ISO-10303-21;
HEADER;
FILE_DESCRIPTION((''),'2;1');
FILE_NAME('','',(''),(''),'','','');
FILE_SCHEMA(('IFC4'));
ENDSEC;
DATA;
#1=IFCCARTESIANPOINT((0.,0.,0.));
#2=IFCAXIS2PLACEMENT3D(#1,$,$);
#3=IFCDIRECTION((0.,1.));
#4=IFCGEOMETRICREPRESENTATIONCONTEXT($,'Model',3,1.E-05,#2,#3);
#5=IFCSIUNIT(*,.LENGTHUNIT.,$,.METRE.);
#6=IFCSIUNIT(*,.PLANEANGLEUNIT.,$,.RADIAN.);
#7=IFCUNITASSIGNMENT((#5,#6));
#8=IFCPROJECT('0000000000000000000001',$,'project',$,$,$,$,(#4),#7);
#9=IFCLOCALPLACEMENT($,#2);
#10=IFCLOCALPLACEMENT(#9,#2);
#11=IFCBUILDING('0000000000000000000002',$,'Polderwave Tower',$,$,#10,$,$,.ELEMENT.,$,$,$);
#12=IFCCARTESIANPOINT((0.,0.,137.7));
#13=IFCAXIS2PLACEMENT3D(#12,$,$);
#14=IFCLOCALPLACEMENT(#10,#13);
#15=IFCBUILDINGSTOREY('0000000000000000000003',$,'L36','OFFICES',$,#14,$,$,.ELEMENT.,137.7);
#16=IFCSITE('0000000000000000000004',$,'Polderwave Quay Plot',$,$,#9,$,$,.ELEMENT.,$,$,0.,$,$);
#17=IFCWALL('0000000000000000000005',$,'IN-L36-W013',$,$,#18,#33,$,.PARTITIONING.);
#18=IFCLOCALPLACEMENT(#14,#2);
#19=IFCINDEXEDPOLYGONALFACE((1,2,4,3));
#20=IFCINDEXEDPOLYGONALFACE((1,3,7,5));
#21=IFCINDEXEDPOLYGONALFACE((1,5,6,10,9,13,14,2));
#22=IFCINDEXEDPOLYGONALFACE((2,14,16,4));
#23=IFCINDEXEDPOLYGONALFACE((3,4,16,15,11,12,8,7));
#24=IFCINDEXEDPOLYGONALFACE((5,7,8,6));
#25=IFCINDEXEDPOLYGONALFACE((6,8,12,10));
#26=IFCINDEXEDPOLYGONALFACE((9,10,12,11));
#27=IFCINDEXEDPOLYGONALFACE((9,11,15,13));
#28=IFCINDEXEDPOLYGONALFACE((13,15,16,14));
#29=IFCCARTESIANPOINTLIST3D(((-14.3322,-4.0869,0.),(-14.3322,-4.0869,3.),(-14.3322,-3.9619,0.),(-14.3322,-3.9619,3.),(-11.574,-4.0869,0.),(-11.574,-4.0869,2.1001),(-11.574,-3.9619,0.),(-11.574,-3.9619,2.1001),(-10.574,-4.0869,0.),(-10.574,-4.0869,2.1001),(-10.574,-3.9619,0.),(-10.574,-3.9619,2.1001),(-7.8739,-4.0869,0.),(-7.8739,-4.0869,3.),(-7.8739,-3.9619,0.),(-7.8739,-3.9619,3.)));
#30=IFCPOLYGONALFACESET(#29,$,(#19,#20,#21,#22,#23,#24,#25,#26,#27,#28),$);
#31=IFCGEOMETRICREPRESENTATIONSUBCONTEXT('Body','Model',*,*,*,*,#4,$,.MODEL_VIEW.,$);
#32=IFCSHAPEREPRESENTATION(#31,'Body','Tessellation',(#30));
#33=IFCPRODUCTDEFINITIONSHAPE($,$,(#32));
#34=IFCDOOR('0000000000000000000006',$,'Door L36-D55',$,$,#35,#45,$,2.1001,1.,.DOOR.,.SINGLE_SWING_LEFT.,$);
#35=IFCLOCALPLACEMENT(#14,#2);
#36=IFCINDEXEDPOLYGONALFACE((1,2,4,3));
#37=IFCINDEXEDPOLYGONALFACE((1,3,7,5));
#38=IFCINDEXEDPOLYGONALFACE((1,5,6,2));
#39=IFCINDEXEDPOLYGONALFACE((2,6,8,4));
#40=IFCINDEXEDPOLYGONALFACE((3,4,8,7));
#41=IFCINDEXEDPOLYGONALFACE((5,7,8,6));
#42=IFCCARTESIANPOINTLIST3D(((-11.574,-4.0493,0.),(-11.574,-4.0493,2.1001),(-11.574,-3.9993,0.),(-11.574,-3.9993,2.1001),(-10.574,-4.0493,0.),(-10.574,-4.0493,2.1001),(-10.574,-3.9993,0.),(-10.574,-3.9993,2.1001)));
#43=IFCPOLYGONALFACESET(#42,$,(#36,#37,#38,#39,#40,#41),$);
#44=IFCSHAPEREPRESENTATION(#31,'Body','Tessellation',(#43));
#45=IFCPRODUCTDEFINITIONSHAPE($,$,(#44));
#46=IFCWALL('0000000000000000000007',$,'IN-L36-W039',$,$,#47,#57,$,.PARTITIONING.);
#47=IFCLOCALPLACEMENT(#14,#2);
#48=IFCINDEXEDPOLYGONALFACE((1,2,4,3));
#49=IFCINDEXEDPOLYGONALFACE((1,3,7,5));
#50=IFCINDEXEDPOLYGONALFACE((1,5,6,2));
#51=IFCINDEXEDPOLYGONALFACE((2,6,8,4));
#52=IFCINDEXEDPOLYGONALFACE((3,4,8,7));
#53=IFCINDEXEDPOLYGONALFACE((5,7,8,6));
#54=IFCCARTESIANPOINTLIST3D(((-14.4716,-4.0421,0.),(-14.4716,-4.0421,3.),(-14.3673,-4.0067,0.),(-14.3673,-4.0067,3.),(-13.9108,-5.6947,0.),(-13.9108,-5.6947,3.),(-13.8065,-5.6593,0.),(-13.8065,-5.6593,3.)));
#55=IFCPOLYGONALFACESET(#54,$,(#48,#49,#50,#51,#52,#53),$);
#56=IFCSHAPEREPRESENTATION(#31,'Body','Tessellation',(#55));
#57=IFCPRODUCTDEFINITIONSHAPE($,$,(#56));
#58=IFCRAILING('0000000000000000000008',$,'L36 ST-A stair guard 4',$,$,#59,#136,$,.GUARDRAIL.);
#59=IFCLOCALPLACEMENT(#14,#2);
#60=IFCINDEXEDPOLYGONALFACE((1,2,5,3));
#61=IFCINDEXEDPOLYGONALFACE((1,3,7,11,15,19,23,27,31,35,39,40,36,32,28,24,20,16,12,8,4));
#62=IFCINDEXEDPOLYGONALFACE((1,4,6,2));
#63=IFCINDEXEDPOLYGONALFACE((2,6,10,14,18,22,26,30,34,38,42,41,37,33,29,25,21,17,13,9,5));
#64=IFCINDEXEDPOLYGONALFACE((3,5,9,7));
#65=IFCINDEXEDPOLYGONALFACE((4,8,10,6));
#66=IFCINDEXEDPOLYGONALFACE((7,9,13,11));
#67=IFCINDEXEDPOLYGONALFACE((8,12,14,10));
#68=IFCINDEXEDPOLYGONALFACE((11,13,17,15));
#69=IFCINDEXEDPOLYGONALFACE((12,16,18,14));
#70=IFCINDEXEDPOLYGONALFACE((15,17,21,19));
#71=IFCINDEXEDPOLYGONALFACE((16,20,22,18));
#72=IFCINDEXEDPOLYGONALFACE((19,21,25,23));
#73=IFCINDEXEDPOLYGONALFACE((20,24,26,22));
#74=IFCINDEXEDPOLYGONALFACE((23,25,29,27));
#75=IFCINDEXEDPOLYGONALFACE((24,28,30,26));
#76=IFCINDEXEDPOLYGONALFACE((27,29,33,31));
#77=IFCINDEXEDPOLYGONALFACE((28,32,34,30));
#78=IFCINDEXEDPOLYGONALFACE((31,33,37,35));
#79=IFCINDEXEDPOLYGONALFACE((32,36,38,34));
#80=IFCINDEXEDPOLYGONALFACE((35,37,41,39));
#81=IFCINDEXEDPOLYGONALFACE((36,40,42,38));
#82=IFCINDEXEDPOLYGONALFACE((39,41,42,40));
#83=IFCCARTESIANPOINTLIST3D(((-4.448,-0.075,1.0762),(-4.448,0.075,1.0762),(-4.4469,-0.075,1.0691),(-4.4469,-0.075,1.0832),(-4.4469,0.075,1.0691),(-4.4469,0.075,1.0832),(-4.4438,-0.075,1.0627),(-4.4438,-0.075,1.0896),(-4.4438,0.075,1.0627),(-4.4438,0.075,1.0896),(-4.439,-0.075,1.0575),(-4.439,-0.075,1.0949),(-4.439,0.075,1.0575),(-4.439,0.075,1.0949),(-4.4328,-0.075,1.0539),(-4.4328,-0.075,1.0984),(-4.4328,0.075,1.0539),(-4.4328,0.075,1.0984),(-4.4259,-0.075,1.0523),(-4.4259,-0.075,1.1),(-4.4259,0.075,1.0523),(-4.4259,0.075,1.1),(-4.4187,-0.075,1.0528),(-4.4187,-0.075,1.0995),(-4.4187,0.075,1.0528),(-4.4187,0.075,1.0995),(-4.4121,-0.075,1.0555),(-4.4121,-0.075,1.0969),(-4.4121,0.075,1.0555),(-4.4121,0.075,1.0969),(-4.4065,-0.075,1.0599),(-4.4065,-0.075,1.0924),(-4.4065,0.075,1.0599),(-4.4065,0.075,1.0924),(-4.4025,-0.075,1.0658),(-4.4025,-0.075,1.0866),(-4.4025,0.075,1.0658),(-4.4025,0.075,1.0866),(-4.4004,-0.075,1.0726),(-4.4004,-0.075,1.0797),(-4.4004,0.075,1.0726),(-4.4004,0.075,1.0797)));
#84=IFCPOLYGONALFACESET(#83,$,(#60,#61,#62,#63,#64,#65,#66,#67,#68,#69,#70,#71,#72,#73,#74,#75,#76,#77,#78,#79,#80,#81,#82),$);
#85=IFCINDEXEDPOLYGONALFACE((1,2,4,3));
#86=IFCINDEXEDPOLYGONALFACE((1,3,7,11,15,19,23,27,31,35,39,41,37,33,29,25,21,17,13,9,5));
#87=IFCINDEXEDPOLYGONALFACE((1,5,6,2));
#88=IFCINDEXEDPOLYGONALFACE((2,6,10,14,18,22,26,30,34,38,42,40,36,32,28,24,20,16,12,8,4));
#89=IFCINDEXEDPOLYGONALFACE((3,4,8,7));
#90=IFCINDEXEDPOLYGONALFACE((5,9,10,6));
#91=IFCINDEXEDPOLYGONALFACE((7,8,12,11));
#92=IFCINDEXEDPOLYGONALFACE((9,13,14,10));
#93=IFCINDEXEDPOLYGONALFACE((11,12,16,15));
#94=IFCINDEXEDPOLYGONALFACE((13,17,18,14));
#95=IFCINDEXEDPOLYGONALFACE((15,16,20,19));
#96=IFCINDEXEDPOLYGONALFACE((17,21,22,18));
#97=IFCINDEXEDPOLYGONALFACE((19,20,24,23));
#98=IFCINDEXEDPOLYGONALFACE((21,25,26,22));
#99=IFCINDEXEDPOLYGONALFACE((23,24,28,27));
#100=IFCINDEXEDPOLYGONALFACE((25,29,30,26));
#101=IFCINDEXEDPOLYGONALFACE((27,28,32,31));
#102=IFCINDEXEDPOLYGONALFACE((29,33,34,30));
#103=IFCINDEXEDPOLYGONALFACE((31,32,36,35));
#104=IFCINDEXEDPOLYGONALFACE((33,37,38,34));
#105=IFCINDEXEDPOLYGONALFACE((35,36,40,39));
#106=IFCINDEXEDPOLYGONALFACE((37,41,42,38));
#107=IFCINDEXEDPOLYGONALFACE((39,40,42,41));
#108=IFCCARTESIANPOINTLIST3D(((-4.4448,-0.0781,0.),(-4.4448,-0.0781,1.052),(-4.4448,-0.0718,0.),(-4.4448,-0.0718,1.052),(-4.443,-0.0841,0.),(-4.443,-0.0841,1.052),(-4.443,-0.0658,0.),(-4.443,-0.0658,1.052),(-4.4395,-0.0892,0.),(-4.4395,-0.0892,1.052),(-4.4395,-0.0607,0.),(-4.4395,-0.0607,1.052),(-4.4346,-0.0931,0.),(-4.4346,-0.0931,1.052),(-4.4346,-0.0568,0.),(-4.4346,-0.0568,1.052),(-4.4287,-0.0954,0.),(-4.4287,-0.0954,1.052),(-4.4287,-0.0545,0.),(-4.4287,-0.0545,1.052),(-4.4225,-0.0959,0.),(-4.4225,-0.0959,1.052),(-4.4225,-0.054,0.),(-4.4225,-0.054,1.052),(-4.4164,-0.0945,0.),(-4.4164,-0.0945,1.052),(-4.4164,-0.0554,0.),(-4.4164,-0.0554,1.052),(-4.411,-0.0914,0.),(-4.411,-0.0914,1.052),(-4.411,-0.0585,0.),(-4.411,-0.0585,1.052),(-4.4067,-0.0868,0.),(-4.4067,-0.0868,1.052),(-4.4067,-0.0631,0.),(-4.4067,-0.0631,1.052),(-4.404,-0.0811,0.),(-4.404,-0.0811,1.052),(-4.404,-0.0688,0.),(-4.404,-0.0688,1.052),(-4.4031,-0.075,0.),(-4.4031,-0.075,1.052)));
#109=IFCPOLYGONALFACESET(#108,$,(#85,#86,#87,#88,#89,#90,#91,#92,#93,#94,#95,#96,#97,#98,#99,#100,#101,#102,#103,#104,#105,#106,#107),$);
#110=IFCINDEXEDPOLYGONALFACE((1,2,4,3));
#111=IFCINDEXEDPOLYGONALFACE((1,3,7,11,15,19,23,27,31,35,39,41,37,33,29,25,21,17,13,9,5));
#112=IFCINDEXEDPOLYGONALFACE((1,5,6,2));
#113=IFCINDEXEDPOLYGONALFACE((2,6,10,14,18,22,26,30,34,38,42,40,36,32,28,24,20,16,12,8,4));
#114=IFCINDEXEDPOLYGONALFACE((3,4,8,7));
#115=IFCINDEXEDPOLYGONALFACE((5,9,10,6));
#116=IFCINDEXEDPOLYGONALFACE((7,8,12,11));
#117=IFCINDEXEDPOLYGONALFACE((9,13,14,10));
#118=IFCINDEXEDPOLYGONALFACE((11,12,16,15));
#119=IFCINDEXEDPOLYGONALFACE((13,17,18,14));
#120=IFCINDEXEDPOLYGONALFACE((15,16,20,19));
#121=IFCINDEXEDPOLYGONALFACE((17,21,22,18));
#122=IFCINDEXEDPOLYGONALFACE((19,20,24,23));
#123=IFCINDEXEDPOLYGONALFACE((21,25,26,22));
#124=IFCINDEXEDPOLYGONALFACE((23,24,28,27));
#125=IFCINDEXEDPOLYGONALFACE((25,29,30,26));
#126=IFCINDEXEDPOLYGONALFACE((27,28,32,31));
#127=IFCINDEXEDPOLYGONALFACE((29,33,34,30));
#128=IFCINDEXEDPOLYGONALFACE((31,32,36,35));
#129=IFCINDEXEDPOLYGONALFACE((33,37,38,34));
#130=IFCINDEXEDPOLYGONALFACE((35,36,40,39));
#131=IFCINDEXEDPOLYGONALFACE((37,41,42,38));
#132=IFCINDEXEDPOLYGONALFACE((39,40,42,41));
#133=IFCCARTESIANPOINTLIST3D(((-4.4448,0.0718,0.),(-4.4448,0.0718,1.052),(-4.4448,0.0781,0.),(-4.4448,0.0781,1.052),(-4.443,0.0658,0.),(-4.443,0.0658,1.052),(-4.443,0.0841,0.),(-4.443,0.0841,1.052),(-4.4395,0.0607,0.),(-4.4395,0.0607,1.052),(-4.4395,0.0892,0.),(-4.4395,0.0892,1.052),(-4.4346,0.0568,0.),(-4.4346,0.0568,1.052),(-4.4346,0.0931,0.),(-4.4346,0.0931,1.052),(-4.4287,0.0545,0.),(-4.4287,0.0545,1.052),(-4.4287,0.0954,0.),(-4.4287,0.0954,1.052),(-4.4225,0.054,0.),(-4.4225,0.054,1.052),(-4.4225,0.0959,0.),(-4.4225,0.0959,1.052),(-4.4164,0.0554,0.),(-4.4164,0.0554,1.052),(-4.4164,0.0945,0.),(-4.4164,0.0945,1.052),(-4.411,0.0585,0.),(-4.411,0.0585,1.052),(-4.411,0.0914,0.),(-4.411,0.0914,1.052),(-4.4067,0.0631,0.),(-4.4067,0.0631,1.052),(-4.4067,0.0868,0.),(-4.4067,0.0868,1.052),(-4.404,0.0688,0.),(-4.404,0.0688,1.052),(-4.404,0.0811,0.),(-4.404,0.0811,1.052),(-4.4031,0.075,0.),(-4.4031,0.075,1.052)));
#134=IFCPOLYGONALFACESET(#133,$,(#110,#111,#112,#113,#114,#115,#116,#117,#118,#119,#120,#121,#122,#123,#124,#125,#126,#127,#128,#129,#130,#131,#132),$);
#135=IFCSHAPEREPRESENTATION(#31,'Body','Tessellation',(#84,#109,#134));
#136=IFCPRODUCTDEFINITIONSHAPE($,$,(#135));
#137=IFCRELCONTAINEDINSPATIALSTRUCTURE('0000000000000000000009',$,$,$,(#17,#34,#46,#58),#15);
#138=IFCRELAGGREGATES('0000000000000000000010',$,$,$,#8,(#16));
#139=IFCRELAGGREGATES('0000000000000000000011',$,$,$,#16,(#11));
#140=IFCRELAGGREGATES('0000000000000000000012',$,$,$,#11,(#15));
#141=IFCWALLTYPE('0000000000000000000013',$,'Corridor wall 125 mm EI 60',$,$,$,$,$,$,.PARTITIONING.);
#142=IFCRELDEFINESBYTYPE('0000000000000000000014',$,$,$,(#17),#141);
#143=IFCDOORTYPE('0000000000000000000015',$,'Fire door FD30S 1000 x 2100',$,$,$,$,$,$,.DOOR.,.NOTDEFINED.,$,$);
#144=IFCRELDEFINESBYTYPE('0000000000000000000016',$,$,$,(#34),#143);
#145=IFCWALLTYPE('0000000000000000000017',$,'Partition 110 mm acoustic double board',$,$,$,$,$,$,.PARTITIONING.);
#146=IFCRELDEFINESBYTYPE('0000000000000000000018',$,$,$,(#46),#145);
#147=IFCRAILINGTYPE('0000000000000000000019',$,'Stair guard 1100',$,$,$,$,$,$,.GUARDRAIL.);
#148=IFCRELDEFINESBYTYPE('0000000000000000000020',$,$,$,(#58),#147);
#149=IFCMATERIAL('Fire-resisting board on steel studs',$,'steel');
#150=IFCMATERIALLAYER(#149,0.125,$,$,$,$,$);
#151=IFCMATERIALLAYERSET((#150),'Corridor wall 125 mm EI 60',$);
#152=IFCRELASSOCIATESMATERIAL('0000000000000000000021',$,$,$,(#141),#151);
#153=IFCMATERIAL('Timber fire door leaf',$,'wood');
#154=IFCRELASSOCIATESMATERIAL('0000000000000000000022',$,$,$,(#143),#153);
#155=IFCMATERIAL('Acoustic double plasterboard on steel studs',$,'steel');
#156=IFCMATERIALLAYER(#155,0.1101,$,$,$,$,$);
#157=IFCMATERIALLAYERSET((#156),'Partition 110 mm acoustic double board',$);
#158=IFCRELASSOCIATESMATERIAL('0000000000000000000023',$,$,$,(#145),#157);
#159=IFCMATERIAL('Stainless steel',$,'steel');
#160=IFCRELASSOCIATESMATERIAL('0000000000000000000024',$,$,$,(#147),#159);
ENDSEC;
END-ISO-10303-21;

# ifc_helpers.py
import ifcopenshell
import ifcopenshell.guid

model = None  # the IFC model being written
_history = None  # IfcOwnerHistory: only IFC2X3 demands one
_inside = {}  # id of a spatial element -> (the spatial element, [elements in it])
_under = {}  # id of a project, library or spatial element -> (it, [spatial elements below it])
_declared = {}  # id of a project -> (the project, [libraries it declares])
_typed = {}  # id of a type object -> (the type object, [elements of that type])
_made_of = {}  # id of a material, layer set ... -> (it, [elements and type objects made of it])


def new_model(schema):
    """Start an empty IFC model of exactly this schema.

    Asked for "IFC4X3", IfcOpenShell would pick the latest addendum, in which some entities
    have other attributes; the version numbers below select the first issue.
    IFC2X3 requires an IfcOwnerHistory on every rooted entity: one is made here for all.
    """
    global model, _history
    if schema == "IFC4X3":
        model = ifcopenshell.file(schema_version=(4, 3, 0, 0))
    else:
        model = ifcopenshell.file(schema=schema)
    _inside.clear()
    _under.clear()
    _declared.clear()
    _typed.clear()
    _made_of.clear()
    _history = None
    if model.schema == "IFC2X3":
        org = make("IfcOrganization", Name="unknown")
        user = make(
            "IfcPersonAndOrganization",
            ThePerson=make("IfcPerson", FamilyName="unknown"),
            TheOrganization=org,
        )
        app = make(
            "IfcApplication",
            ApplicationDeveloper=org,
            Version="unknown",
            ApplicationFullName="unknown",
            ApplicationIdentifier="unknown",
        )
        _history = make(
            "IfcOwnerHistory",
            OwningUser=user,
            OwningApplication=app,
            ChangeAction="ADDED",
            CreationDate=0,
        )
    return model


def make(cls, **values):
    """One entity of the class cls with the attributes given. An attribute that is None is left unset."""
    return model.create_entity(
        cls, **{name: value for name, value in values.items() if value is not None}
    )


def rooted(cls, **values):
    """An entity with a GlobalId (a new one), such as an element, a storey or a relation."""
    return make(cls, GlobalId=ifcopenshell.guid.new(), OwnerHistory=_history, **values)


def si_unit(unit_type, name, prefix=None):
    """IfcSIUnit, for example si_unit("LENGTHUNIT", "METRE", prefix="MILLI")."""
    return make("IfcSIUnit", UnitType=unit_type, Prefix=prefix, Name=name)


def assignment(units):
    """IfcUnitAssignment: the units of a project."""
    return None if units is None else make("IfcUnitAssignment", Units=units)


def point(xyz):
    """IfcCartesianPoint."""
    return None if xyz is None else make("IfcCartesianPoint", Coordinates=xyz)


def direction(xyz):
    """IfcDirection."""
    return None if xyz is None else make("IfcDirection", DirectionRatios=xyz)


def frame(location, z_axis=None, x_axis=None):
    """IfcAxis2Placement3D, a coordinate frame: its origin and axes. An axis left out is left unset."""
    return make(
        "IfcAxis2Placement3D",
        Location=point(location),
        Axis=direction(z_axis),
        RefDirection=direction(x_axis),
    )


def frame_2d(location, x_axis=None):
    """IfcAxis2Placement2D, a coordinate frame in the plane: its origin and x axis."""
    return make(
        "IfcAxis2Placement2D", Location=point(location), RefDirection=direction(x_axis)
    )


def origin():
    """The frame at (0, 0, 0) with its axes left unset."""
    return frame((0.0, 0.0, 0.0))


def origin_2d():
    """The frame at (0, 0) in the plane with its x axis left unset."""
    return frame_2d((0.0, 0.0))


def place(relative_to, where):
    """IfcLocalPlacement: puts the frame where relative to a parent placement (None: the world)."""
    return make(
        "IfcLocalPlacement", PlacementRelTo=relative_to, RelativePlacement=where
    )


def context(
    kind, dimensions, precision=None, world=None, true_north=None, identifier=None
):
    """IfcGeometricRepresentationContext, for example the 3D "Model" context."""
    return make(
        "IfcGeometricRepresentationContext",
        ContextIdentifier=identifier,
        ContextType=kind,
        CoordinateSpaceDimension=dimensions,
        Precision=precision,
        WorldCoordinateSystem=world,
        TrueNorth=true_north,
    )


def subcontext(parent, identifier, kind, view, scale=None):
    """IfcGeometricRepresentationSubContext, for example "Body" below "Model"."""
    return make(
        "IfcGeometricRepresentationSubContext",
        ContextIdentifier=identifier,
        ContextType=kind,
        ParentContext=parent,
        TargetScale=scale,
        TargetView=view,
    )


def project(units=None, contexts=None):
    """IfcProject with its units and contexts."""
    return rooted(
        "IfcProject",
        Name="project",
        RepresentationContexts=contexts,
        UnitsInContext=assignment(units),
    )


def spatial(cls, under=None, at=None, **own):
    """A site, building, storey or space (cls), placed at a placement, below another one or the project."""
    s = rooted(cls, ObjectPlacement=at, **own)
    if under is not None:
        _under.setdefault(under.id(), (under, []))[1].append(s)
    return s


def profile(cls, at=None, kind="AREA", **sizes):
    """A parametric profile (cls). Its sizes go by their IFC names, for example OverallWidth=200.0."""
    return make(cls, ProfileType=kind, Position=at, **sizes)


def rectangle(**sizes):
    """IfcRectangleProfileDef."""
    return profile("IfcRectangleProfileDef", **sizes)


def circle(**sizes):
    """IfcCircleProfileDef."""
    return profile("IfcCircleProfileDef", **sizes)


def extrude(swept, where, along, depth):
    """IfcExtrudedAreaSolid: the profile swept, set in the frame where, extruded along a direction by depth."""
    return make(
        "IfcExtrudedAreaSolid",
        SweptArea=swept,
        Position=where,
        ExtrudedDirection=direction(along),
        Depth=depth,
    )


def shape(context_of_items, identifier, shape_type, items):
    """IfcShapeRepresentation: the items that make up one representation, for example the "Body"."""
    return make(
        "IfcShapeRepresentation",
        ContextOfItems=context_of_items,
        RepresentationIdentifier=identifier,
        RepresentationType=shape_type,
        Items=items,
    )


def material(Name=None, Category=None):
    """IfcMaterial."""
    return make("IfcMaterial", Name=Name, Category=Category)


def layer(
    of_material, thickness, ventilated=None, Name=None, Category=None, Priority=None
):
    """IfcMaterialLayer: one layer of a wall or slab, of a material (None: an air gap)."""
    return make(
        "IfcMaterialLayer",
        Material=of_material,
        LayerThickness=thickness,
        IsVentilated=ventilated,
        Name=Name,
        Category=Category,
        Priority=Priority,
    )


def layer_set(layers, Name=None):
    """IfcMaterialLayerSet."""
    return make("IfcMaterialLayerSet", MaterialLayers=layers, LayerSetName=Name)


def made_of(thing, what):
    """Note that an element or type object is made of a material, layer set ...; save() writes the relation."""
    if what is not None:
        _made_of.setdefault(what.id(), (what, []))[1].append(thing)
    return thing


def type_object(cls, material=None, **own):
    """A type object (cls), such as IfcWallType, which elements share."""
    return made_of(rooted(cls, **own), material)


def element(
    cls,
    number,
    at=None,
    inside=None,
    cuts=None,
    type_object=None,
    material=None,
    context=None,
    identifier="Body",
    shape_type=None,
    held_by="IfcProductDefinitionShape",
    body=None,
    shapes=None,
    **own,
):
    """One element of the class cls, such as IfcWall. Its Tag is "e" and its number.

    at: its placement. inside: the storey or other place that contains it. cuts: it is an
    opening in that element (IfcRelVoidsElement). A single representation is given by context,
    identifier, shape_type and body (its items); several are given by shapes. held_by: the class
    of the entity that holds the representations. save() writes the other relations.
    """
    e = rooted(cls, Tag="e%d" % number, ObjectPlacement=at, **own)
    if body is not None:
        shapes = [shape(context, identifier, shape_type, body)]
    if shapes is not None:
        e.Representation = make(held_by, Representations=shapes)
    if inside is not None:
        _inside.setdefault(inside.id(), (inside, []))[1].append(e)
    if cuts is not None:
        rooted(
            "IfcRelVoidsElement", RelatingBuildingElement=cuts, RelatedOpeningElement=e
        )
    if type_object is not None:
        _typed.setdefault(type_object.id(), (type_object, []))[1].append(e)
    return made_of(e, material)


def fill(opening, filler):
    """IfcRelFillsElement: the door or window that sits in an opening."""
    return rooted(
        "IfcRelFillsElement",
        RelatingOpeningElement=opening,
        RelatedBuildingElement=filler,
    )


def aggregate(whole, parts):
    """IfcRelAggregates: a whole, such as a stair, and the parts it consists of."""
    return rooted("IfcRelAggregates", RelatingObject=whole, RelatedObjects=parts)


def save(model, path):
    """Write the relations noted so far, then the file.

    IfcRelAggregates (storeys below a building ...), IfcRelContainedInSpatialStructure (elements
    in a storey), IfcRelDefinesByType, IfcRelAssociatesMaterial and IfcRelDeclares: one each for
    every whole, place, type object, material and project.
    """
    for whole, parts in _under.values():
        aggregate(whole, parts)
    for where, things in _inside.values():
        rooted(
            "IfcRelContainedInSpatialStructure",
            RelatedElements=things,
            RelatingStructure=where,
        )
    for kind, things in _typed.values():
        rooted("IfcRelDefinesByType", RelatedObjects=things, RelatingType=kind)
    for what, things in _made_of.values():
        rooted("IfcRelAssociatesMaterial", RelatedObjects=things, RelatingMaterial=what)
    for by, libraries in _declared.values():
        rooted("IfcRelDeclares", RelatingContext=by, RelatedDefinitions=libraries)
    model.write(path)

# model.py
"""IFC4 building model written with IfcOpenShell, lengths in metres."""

from ifc_helpers import new_model, si_unit, direction, frame, frame_2d, origin, origin_2d, place, context, subcontext, project, spatial, rectangle, circle, extrude, material, layer, layer_set, type_object, element, fill, save


model = new_model("IFC4")

# Units and contexts
model_context = context("Model", 3, precision=1e-05, world=origin(), true_north=direction((0.0, 1.0)))
body_context = subcontext(model_context, "Body", "Model", "MODEL_VIEW")
ifc_project = project(units=[si_unit("LENGTHUNIT", "METRE"), si_unit("PLANEANGLEUNIT", "RADIAN")], contexts=[model_context])

# Site, building, storey
site_placement = place(None, origin())
site = spatial("IfcSite", under=ifc_project, at=site_placement, Name="Polderwave Quay Plot", CompositionType="ELEMENT", RefElevation=0.0)
building_placement = place(site_placement, origin())
building = spatial("IfcBuilding", under=site, at=building_placement, Name="Polderwave Tower", CompositionType="ELEMENT")
storey_placement = place(building_placement, frame((0.0, 0.0, 137.7)))
storey = spatial("IfcBuildingStorey", under=building, at=storey_placement, Name="L36", Description="OFFICES", CompositionType="ELEMENT", Elevation=137.7)

# Shared definitions
ifc_material_1 = material(Name="Stainless steel", Category="steel")

# Wall, opening, door
ifc_material_2 = material(Name="Fire-resisting board on steel studs", Category="steel")
ifc_layer_1 = layer(ifc_material_2, 0.125)
ifc_layer_set_1 = layer_set([ifc_layer_1], Name="Corridor wall 125 mm EI 60")
wall_type_1 = type_object("IfcWallType", Name="Corridor wall 125 mm EI 60", PredefinedType="PARTITIONING", material=ifc_layer_set_1)
wall_1_placement = place(storey_placement, frame((-7.874, -4.0244, 0.0), z_axis=(0.0, 0.0, 1.0), x_axis=(-1.0, 0.0, 0.0)))
wall_1 = element("IfcWall", 1, at=wall_1_placement, inside=storey, type_object=wall_type_1, Name="IN-L36-W013", PredefinedType="PARTITIONING", context=body_context, shape_type="SweptSolid", body=[
    extrude(rectangle(XDim=6.4583, YDim=0.125, at=frame_2d((3.229, 0.0))), origin(), (0.0, 0.0, 1.0), 3.0),
])
opening_1_placement = place(wall_1_placement, frame((2.7, 0.0, 0.0)))
opening_1 = element("IfcOpeningElement", 2, at=opening_1_placement, cuts=wall_1, PredefinedType="OPENING", context=body_context, shape_type="SweptSolid", body=[
    extrude(rectangle(XDim=1.0, YDim=2.1001, at=frame_2d((0.5, 1.05))), frame((0.0, 0.0725, 0.0), z_axis=(0.0, -1.0, 0.0), x_axis=(1.0, 0.0, 0.0)), (0.0, 0.0, 1.0), 0.145),
])
ifc_material_3 = material(Name="Timber fire door leaf", Category="wood")
door_type_1 = type_object("IfcDoorType", Name="Fire door FD30S 1000 x 2100", OperationType="NOTDEFINED", PredefinedType="DOOR", material=ifc_material_3)
door_1_placement = place(opening_1_placement, origin())
door_1 = element("IfcDoor", 3, at=door_1_placement, inside=storey, type_object=door_type_1, Name="Door L36-D55", OperationType="SINGLE_SWING_LEFT", OverallHeight=2.1001, OverallWidth=1.0, PredefinedType="DOOR", context=body_context, shape_type="SweptSolid", body=[
    extrude(rectangle(XDim=1.0, YDim=2.1001, at=frame_2d((0.5, 1.05))), frame((0.0, 0.0249, 0.0), z_axis=(0.0, -1.0, 0.0), x_axis=(1.0, 0.0, 0.0)), (0.0, 0.0, 1.0), 0.05),
])
fill(opening_1, door_1)

# Wall
ifc_material_4 = material(Name="Acoustic double plasterboard on steel studs", Category="steel")
ifc_layer_2 = layer(ifc_material_4, 0.1101)
ifc_layer_set_2 = layer_set([ifc_layer_2], Name="Partition 110 mm acoustic double board")
wall_type_2 = type_object("IfcWallType", Name="Partition 110 mm acoustic double board", PredefinedType="PARTITIONING", material=ifc_layer_set_2)
wall_2_placement = place(storey_placement, frame((-13.8586, -5.677, 0.0), z_axis=(0.0, 0.0, 1.0), x_axis=(-0.321343, 0.946963, 0.0)))
element("IfcWall", 4, at=wall_2_placement, inside=storey, type_object=wall_type_2, Name="IN-L36-W039", PredefinedType="PARTITIONING", context=body_context, shape_type="SweptSolid", body=[
    extrude(rectangle(XDim=1.7451, YDim=0.1101, at=frame_2d((0.8726, 0.0))), origin(), (0.0, 0.0, 1.0), 3.0),
])

# Railing
railing_type = type_object("IfcRailingType", Name="Stair guard 1100", PredefinedType="GUARDRAIL", material=ifc_material_1)
railing_placement = place(storey_placement, frame((-4.4241, -0.075, 0.0)))
element("IfcRailing", 5, at=railing_placement, inside=storey, type_object=railing_type, Name="L36 ST-A stair guard 4", PredefinedType="GUARDRAIL", context=body_context, shape_type="SweptSolid", body=[
    extrude(circle(Radius=0.0239, at=origin_2d()), frame((0.0, 0.0, 1.0762), z_axis=(0.0, 1.0, 0.0), x_axis=(-1.0, 0.0, 0.0)), (0.0, 0.0, 1.0), 0.1499),
    extrude(circle(Radius=0.021, at=origin_2d()), origin(), (0.0, 0.0, 1.0), 1.052),
    extrude(circle(Radius=0.021, at=origin_2d()), frame((0.0, 0.1499, 0.0)), (0.0, 0.0, 1.0), 1.052),
])

save(model, "model.ifc")
